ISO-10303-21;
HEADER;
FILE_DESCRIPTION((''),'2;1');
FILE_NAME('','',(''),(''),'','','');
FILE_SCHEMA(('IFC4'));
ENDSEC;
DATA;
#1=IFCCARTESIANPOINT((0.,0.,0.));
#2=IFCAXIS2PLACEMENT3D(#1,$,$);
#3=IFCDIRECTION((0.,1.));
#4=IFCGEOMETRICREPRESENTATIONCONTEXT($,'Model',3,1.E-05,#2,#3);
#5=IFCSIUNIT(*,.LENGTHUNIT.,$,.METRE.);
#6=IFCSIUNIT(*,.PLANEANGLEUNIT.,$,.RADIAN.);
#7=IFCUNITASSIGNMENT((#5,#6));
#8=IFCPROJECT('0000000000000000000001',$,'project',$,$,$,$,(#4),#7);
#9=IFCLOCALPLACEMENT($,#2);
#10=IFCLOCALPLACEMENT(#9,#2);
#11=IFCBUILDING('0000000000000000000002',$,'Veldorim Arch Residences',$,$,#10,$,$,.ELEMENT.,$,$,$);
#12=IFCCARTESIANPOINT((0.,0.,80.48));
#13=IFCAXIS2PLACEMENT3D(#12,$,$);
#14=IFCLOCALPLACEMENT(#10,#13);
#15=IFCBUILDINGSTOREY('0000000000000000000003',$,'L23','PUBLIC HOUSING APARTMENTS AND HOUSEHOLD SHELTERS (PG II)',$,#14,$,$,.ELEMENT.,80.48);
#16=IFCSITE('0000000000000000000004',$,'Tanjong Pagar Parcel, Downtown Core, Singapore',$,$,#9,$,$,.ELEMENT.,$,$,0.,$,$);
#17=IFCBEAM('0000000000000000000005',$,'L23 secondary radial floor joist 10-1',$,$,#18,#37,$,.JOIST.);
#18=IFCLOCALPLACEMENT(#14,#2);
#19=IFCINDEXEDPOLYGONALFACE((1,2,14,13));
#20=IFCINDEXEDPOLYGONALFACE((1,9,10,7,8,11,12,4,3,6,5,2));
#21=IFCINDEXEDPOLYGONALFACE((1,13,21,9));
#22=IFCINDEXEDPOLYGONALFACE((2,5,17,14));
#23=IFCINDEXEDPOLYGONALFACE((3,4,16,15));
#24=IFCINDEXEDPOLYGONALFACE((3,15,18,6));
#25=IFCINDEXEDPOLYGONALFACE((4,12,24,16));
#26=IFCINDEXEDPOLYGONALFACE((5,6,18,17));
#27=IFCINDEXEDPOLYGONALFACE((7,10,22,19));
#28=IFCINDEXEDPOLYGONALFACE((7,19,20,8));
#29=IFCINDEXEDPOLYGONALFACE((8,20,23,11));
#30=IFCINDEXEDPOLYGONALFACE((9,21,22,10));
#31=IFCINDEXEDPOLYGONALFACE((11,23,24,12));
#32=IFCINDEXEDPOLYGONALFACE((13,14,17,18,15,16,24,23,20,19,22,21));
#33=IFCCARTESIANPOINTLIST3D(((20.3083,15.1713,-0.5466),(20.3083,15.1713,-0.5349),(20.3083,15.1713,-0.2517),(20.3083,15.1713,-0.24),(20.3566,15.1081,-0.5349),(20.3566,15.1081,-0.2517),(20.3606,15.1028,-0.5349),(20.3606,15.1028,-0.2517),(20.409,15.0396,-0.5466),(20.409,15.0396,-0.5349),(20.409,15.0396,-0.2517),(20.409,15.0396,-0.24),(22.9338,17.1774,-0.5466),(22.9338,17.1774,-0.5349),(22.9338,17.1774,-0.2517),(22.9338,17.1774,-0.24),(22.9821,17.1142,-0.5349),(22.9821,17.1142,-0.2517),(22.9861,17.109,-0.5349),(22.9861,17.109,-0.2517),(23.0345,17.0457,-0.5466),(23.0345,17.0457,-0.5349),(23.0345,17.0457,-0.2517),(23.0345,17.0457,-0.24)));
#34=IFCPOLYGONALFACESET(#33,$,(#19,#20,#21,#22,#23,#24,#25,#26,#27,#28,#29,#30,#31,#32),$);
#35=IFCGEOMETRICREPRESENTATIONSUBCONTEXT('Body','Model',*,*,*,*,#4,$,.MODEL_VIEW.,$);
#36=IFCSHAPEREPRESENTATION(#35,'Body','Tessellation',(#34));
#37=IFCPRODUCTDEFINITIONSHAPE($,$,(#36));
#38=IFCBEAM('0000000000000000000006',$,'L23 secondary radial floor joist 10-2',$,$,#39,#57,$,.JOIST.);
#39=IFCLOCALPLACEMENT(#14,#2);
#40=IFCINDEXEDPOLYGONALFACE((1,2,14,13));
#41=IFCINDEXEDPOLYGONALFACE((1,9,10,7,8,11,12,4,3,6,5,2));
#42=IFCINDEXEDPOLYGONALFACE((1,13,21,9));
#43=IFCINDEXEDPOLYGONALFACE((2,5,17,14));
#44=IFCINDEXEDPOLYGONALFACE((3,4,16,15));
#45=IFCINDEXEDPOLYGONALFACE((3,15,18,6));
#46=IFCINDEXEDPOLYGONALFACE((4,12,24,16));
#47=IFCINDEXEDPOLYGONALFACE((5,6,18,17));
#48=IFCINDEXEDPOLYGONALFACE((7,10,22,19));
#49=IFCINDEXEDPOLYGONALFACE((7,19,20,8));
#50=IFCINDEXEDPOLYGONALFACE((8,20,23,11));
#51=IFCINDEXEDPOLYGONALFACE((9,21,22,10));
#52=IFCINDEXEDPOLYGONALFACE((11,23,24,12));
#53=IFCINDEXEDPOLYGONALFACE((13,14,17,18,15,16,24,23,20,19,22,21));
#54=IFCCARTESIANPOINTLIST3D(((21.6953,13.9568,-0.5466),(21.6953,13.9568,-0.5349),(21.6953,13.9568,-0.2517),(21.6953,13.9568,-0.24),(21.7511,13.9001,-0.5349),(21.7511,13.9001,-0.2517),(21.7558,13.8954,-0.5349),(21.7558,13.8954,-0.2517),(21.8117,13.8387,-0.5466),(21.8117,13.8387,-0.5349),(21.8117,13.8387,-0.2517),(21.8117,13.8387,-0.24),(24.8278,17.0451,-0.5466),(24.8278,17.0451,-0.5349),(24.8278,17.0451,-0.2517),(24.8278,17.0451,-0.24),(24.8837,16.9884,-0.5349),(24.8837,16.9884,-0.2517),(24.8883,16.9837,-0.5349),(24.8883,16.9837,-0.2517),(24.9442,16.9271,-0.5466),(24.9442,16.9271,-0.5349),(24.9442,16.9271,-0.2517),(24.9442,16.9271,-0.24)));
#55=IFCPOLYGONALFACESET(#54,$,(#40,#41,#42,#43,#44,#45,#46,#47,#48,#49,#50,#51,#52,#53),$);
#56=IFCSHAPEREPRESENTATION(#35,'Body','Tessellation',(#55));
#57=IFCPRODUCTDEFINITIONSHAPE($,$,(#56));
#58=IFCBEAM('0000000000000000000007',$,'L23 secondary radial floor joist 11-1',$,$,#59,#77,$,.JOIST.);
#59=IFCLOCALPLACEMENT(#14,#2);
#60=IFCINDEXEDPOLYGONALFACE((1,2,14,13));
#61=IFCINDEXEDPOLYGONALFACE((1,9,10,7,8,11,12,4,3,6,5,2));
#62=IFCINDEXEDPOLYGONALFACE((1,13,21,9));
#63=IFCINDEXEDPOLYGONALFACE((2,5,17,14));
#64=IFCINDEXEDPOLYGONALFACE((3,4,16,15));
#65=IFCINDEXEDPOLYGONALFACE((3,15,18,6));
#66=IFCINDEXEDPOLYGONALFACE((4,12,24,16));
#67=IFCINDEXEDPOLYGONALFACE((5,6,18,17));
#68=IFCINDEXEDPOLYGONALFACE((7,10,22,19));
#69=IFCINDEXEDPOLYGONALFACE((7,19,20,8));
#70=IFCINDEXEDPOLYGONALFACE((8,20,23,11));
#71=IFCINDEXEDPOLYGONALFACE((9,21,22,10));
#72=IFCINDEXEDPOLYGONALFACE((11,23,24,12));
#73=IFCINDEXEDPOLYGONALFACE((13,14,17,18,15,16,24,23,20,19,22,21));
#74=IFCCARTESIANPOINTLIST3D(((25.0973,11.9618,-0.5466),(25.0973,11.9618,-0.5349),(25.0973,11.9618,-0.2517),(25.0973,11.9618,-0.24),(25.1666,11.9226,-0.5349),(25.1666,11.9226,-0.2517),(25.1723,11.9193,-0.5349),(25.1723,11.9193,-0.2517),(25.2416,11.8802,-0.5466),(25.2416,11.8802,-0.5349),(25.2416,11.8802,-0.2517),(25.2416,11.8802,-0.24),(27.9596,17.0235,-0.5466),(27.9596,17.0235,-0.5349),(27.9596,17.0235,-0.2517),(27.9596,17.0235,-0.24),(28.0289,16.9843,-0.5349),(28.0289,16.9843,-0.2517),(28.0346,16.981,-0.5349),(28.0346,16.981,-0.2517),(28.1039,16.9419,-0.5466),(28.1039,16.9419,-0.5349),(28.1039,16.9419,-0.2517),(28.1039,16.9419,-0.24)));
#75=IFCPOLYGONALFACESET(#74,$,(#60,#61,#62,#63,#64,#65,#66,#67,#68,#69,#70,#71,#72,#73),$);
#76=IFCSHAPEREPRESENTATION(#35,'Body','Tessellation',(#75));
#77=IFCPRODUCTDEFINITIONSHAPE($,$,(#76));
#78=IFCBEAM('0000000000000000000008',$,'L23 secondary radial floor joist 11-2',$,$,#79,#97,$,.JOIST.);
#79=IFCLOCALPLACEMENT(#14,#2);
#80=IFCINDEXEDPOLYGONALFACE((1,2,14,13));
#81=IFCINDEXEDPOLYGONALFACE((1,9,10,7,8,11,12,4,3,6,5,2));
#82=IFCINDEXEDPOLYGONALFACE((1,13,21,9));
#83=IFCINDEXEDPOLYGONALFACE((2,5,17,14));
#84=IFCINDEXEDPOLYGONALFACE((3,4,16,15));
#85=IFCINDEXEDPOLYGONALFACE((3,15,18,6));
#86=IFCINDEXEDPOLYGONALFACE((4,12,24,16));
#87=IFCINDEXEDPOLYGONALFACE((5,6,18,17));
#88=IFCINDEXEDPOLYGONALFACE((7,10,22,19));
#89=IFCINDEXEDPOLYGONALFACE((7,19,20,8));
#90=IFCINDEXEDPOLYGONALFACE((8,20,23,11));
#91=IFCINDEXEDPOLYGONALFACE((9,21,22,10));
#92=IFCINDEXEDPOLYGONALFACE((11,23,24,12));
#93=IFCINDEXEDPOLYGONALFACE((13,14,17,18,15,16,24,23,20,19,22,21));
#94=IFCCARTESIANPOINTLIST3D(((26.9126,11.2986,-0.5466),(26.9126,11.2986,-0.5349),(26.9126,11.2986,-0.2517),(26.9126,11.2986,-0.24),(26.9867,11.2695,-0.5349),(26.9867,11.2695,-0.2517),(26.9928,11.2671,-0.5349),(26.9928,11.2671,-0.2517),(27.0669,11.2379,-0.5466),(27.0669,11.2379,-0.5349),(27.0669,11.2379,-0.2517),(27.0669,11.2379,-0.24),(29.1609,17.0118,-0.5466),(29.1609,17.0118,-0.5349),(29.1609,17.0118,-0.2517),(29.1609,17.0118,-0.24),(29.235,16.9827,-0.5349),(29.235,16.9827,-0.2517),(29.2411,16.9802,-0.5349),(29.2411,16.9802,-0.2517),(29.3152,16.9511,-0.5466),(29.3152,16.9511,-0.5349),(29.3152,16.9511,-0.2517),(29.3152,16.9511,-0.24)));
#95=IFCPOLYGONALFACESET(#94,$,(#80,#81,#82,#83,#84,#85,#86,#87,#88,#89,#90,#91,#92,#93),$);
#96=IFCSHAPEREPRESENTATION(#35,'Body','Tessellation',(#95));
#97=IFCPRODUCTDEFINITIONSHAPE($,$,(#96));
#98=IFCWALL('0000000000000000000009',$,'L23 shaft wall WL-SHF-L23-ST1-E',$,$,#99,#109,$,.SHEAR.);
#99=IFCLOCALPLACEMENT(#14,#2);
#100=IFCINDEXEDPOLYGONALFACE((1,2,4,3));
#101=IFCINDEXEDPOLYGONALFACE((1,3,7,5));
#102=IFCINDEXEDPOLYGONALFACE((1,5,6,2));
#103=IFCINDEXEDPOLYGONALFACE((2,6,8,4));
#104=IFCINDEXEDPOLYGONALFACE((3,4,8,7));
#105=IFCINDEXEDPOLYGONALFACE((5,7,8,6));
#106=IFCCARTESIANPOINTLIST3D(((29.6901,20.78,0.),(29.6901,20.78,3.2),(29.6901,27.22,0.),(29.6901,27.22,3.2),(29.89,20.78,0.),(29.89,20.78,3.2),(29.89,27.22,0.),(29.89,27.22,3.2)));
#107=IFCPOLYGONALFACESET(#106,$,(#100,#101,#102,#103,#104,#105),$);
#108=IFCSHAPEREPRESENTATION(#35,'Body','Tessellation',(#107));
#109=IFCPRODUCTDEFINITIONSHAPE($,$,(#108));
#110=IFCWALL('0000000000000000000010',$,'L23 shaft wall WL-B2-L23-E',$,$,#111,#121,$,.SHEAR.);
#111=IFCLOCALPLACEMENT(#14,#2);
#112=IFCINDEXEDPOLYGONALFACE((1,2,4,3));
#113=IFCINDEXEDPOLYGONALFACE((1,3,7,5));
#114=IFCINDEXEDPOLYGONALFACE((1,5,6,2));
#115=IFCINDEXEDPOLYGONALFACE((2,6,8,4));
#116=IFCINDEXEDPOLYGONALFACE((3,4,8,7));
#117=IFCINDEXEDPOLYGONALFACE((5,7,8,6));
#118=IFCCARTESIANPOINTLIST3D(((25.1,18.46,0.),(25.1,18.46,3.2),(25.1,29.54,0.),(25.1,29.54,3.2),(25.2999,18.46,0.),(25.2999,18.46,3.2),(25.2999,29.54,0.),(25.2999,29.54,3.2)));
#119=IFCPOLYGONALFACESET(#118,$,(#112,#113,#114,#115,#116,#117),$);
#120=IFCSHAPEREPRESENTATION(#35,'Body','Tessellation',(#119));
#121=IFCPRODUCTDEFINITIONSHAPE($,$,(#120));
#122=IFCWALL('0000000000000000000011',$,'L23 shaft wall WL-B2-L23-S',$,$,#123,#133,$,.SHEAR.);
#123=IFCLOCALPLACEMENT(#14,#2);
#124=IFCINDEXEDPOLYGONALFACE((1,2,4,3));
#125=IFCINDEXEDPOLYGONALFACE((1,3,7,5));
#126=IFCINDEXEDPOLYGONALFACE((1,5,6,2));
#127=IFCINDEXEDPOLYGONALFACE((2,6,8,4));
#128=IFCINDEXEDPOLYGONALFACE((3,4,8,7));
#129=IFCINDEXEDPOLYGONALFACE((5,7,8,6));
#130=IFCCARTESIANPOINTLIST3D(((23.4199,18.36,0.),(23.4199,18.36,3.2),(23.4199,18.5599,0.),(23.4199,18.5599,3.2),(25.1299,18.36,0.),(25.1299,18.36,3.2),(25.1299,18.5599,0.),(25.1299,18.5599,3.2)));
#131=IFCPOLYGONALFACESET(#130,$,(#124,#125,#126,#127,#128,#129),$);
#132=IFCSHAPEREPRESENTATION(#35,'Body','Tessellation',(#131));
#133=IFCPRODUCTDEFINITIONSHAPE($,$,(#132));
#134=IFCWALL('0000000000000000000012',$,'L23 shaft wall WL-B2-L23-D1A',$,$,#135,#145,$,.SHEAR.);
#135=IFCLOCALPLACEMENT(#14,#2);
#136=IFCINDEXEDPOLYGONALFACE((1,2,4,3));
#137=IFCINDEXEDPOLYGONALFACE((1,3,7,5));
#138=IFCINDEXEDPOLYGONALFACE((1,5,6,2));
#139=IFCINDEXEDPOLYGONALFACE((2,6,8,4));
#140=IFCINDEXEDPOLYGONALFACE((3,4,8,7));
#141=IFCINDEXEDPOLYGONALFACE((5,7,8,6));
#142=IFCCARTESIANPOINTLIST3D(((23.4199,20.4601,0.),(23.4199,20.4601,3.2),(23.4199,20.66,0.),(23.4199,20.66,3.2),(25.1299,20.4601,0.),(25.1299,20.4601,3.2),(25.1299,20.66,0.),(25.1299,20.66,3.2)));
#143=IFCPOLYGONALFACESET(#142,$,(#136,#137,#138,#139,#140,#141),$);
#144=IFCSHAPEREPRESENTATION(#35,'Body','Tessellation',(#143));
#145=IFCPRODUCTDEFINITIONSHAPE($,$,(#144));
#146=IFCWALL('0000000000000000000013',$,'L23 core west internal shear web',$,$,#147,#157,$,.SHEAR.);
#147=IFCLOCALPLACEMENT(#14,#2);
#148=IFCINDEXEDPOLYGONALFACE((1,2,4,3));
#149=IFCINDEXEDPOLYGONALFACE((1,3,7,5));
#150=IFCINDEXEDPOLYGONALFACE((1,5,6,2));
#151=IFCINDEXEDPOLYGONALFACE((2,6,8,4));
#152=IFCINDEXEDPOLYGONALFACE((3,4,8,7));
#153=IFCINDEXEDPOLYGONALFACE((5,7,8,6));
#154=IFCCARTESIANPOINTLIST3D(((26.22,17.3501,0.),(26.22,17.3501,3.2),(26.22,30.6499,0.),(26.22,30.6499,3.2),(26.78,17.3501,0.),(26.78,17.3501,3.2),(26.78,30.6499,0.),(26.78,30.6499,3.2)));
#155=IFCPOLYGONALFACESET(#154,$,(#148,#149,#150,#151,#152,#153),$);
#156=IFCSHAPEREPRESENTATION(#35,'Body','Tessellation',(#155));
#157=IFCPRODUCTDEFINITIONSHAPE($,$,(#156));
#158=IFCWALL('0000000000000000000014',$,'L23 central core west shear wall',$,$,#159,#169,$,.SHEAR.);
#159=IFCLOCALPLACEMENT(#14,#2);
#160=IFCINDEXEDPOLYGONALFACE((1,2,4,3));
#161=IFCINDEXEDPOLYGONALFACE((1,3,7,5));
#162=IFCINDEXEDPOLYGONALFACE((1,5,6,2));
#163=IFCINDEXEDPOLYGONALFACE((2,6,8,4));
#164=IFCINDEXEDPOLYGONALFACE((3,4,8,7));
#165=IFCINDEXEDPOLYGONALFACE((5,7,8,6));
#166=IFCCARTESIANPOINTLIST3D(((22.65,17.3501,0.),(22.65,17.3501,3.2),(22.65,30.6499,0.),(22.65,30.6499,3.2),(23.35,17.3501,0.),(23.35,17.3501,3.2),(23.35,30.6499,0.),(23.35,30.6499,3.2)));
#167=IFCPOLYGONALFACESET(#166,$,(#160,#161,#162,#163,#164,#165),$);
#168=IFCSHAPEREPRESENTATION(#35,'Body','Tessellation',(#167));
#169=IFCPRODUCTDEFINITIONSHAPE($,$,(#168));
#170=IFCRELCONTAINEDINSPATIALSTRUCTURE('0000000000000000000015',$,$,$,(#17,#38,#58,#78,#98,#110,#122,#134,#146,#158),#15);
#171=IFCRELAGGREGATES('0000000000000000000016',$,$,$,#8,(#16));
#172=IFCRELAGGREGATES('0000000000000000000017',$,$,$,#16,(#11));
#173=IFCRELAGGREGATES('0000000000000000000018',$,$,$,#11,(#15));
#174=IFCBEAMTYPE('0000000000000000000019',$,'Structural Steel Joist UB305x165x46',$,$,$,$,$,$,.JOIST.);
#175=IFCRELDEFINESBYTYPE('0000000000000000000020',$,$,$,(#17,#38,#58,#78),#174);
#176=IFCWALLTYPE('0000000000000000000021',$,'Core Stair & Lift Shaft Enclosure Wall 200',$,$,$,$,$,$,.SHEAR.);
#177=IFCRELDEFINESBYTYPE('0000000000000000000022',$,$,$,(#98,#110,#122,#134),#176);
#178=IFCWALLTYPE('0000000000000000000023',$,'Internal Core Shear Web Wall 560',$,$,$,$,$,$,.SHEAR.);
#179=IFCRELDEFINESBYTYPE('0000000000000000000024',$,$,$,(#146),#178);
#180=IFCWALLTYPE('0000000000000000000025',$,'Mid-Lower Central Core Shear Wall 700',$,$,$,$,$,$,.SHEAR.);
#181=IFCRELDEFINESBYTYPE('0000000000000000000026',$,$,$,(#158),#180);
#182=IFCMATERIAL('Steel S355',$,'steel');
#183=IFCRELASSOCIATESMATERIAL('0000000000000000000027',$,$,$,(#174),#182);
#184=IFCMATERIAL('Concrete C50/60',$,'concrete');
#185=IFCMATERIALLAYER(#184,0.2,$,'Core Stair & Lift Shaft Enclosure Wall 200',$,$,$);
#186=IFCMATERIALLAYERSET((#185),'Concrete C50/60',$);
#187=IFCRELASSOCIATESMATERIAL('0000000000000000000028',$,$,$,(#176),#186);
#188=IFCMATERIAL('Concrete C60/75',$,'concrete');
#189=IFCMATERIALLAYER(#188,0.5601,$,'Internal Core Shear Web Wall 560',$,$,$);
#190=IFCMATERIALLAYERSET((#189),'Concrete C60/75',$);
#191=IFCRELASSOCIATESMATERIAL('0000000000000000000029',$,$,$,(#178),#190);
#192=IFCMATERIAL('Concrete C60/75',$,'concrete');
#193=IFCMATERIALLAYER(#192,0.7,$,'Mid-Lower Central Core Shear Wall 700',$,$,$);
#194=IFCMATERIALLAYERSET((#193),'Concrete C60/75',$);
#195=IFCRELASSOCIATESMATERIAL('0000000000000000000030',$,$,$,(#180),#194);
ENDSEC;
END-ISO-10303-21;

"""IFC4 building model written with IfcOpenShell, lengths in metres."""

from ifc_helpers import new_model, si_unit, direction, frame, frame_2d, origin, origin_2d, place, context, subcontext, project, spatial, rectangle, i_section, extrude, material, layer, layer_set, material_profile, profile_set, type_object, element, save


model = new_model("IFC4")

# Units and contexts
model_context = context("Model", 3, precision=1e-05, world=origin(), true_north=direction((0.0, 1.0)))
body_context = subcontext(model_context, "Body", "Model", "MODEL_VIEW")
ifc_project = project(units=[si_unit("LENGTHUNIT", "METRE"), si_unit("PLANEANGLEUNIT", "RADIAN")], contexts=[model_context])

# Site, building, storey
site_placement = place(None, origin())
site = spatial("IfcSite", under=ifc_project, at=site_placement, Name="Tanjong Pagar Parcel, Downtown Core, Singapore", CompositionType="ELEMENT", RefElevation=0.0)
building_placement = place(site_placement, origin())
building = spatial("IfcBuilding", under=site, at=building_placement, Name="Veldorim Arch Residences", CompositionType="ELEMENT")
storey_placement = place(building_placement, frame((0.0, 0.0, 80.48)))
storey = spatial("IfcBuildingStorey", under=building, at=storey_placement, Name="L23", Description="PUBLIC HOUSING APARTMENTS AND HOUSEHOLD SHELTERS (PG II)", CompositionType="ELEMENT", Elevation=80.48)

# Beams
ifc_material_1 = material(Name="Steel S355", Category="steel")
ifc_material_profile_1 = material_profile(ifc_material_1, i_section(OverallWidth=0.1658, OverallDepth=0.3066, WebThickness=0.0066, FlangeThickness=0.0117, at=origin_2d()), Name="UB305x165x46")
ifc_profile_set_1 = profile_set([ifc_material_profile_1], Name="Steel S355")
beam_type_1 = type_object("IfcBeamType", Name="Structural Steel Joist UB305x165x46", PredefinedType="JOIST", material=ifc_profile_set_1)
beam_1_placement = place(storey_placement, frame((22.9841, 17.1116, -0.3933), z_axis=(-0.794595, -0.60714, 0.0), x_axis=(0.60714, -0.794595, 0.0)))
element("IfcBeam", 1, at=beam_1_placement, inside=storey, type_object=beam_type_1, Name="L23 secondary radial floor joist 10-1", PredefinedType="JOIST", context=body_context, shape_type="SweptSolid", body=[
    extrude(i_section(OverallWidth=0.1658, OverallDepth=0.3066, WebThickness=0.0066, FlangeThickness=0.0117, at=origin_2d()), origin(), (0.0, 0.0, 1.0), 3.3042),
])
beam_2_placement = place(storey_placement, frame((24.886, 16.9861, -0.3933), z_axis=(-0.712112, -0.702066, 0.0), x_axis=(0.702066, -0.712112, 0.0)))
element("IfcBeam", 2, at=beam_2_placement, inside=storey, type_object=beam_type_1, Name="L23 secondary radial floor joist 10-2", PredefinedType="JOIST", context=body_context, shape_type="SweptSolid", body=[
    extrude(i_section(OverallWidth=0.1658, OverallDepth=0.3066, WebThickness=0.0066, FlangeThickness=0.0117, at=origin_2d()), origin(), (0.0, 0.0, 1.0), 4.3989),
])
beam_3_placement = place(storey_placement, frame((28.0317, 16.9827, -0.3933), z_axis=(-0.492227, -0.870467, 0.0), x_axis=(0.870467, -0.492227, 0.0)))
element("IfcBeam", 3, at=beam_3_placement, inside=storey, type_object=beam_type_1, Name="L23 secondary radial floor joist 11-1", PredefinedType="JOIST", context=body_context, shape_type="SweptSolid", body=[
    extrude(i_section(OverallWidth=0.1658, OverallDepth=0.3066, WebThickness=0.0066, FlangeThickness=0.0117, at=origin_2d()), origin(), (0.0, 0.0, 1.0), 5.8149),
])
beam_4_placement = place(storey_placement, frame((29.238, 16.9814, -0.3933), z_axis=(-0.366195, -0.930538, 0.0), x_axis=(0.930538, -0.366195, 0.0)))
element("IfcBeam", 4, at=beam_4_placement, inside=storey, type_object=beam_type_1, Name="L23 secondary radial floor joist 11-2", PredefinedType="JOIST", context=body_context, shape_type="SweptSolid", body=[
    extrude(i_section(OverallWidth=0.1658, OverallDepth=0.3066, WebThickness=0.0066, FlangeThickness=0.0117, at=origin_2d()), origin(), (0.0, 0.0, 1.0), 6.1396),
])

# Wall
ifc_material_2 = material(Name="Concrete C50/60", Category="concrete")
ifc_layer_1 = layer(ifc_material_2, 0.2, Name="Core Stair & Lift Shaft Enclosure Wall 200")
ifc_layer_set_1 = layer_set([ifc_layer_1], Name="Concrete C50/60")
wall_type_1 = type_object("IfcWallType", Name="Core Stair & Lift Shaft Enclosure Wall 200", PredefinedType="SHEAR", material=ifc_layer_set_1)
wall_1_placement = place(storey_placement, frame((29.79, 20.78, 0.0), z_axis=(0.0, 0.0, 1.0), x_axis=(0.0, 1.0, 0.0)))
element("IfcWall", 5, at=wall_1_placement, inside=storey, type_object=wall_type_1, Name="L23 shaft wall WL-SHF-L23-ST1-E", PredefinedType="SHEAR", context=body_context, shape_type="SweptSolid", body=[
    extrude(rectangle(XDim=6.4399, YDim=0.2, at=frame_2d((3.22, 0.0))), origin(), (0.0, 0.0, 1.0), 3.2),
])

# Walls
wall_2_placement = place(storey_placement, frame((25.2, 18.46, 0.0), z_axis=(0.0, 0.0, 1.0), x_axis=(0.0, 1.0, 0.0)))
element("IfcWall", 6, at=wall_2_placement, inside=storey, type_object=wall_type_1, Name="L23 shaft wall WL-B2-L23-E", PredefinedType="SHEAR", context=body_context, shape_type="SweptSolid", body=[
    extrude(rectangle(XDim=11.0801, YDim=0.2, at=frame_2d((5.54, 0.0))), origin(), (0.0, 0.0, 1.0), 3.2),
])
for number, where, z_axis, x_axis, name in (
    (7, (23.4199, 18.46, 0.0), (0.0, 0.0, 1.0), (1.0, 0.0, 0.0), "L23 shaft wall WL-B2-L23-S"),
    (8, (23.4199, 20.5601, 0.0), (0.0, 0.0, 1.0), (1.0, 0.0, 0.0), "L23 shaft wall WL-B2-L23-D1A"),
):
    element("IfcWall", number, at=place(storey_placement, frame(where, z_axis=z_axis, x_axis=x_axis)), inside=storey, type_object=wall_type_1, Name=name, PredefinedType="SHEAR", context=body_context, shape_type="SweptSolid", body=[
        extrude(rectangle(XDim=1.71, YDim=0.2, at=frame_2d((0.855, 0.0))), origin(), (0.0, 0.0, 1.0), 3.2),
    ])
ifc_material_3 = material(Name="Concrete C60/75", Category="concrete")
ifc_layer_2 = layer(ifc_material_3, 0.5601, Name="Internal Core Shear Web Wall 560")
ifc_layer_set_2 = layer_set([ifc_layer_2], Name="Concrete C60/75")
wall_type_2 = type_object("IfcWallType", Name="Internal Core Shear Web Wall 560", PredefinedType="SHEAR", material=ifc_layer_set_2)
wall_3_placement = place(storey_placement, frame((26.5, 17.3501, 0.0), z_axis=(0.0, 0.0, 1.0), x_axis=(0.0, 1.0, 0.0)))
element("IfcWall", 9, at=wall_3_placement, inside=storey, type_object=wall_type_2, Name="L23 core west internal shear web", PredefinedType="SHEAR", context=body_context, shape_type="SweptSolid", body=[
    extrude(rectangle(XDim=13.2998, YDim=0.5601, at=frame_2d((6.6499, 0.0))), origin(), (0.0, 0.0, 1.0), 3.2),
])

# Shared definitions
ifc_material_4 = material(Name="Concrete C60/75", Category="concrete")
ifc_layer_3 = layer(ifc_material_4, 0.7, Name="Mid-Lower Central Core Shear Wall 700")
ifc_layer_set_3 = layer_set([ifc_layer_3], Name="Concrete C60/75")
wall_type_3 = type_object("IfcWallType", Name="Mid-Lower Central Core Shear Wall 700", PredefinedType="SHEAR", material=ifc_layer_set_3)

# Wall
wall_4_placement = place(storey_placement, frame((23.0, 17.3501, 0.0), z_axis=(0.0, 0.0, 1.0), x_axis=(0.0, 1.0, 0.0)))
element("IfcWall", 10, at=wall_4_placement, inside=storey, type_object=wall_type_3, Name="L23 central core west shear wall", PredefinedType="SHEAR", context=body_context, shape_type="SweptSolid", body=[
    extrude(rectangle(XDim=13.2998, YDim=0.7, at=frame_2d((6.6499, 0.0))), origin(), (0.0, 0.0, 1.0), 3.2),
])

save(model, "model.ifc")
